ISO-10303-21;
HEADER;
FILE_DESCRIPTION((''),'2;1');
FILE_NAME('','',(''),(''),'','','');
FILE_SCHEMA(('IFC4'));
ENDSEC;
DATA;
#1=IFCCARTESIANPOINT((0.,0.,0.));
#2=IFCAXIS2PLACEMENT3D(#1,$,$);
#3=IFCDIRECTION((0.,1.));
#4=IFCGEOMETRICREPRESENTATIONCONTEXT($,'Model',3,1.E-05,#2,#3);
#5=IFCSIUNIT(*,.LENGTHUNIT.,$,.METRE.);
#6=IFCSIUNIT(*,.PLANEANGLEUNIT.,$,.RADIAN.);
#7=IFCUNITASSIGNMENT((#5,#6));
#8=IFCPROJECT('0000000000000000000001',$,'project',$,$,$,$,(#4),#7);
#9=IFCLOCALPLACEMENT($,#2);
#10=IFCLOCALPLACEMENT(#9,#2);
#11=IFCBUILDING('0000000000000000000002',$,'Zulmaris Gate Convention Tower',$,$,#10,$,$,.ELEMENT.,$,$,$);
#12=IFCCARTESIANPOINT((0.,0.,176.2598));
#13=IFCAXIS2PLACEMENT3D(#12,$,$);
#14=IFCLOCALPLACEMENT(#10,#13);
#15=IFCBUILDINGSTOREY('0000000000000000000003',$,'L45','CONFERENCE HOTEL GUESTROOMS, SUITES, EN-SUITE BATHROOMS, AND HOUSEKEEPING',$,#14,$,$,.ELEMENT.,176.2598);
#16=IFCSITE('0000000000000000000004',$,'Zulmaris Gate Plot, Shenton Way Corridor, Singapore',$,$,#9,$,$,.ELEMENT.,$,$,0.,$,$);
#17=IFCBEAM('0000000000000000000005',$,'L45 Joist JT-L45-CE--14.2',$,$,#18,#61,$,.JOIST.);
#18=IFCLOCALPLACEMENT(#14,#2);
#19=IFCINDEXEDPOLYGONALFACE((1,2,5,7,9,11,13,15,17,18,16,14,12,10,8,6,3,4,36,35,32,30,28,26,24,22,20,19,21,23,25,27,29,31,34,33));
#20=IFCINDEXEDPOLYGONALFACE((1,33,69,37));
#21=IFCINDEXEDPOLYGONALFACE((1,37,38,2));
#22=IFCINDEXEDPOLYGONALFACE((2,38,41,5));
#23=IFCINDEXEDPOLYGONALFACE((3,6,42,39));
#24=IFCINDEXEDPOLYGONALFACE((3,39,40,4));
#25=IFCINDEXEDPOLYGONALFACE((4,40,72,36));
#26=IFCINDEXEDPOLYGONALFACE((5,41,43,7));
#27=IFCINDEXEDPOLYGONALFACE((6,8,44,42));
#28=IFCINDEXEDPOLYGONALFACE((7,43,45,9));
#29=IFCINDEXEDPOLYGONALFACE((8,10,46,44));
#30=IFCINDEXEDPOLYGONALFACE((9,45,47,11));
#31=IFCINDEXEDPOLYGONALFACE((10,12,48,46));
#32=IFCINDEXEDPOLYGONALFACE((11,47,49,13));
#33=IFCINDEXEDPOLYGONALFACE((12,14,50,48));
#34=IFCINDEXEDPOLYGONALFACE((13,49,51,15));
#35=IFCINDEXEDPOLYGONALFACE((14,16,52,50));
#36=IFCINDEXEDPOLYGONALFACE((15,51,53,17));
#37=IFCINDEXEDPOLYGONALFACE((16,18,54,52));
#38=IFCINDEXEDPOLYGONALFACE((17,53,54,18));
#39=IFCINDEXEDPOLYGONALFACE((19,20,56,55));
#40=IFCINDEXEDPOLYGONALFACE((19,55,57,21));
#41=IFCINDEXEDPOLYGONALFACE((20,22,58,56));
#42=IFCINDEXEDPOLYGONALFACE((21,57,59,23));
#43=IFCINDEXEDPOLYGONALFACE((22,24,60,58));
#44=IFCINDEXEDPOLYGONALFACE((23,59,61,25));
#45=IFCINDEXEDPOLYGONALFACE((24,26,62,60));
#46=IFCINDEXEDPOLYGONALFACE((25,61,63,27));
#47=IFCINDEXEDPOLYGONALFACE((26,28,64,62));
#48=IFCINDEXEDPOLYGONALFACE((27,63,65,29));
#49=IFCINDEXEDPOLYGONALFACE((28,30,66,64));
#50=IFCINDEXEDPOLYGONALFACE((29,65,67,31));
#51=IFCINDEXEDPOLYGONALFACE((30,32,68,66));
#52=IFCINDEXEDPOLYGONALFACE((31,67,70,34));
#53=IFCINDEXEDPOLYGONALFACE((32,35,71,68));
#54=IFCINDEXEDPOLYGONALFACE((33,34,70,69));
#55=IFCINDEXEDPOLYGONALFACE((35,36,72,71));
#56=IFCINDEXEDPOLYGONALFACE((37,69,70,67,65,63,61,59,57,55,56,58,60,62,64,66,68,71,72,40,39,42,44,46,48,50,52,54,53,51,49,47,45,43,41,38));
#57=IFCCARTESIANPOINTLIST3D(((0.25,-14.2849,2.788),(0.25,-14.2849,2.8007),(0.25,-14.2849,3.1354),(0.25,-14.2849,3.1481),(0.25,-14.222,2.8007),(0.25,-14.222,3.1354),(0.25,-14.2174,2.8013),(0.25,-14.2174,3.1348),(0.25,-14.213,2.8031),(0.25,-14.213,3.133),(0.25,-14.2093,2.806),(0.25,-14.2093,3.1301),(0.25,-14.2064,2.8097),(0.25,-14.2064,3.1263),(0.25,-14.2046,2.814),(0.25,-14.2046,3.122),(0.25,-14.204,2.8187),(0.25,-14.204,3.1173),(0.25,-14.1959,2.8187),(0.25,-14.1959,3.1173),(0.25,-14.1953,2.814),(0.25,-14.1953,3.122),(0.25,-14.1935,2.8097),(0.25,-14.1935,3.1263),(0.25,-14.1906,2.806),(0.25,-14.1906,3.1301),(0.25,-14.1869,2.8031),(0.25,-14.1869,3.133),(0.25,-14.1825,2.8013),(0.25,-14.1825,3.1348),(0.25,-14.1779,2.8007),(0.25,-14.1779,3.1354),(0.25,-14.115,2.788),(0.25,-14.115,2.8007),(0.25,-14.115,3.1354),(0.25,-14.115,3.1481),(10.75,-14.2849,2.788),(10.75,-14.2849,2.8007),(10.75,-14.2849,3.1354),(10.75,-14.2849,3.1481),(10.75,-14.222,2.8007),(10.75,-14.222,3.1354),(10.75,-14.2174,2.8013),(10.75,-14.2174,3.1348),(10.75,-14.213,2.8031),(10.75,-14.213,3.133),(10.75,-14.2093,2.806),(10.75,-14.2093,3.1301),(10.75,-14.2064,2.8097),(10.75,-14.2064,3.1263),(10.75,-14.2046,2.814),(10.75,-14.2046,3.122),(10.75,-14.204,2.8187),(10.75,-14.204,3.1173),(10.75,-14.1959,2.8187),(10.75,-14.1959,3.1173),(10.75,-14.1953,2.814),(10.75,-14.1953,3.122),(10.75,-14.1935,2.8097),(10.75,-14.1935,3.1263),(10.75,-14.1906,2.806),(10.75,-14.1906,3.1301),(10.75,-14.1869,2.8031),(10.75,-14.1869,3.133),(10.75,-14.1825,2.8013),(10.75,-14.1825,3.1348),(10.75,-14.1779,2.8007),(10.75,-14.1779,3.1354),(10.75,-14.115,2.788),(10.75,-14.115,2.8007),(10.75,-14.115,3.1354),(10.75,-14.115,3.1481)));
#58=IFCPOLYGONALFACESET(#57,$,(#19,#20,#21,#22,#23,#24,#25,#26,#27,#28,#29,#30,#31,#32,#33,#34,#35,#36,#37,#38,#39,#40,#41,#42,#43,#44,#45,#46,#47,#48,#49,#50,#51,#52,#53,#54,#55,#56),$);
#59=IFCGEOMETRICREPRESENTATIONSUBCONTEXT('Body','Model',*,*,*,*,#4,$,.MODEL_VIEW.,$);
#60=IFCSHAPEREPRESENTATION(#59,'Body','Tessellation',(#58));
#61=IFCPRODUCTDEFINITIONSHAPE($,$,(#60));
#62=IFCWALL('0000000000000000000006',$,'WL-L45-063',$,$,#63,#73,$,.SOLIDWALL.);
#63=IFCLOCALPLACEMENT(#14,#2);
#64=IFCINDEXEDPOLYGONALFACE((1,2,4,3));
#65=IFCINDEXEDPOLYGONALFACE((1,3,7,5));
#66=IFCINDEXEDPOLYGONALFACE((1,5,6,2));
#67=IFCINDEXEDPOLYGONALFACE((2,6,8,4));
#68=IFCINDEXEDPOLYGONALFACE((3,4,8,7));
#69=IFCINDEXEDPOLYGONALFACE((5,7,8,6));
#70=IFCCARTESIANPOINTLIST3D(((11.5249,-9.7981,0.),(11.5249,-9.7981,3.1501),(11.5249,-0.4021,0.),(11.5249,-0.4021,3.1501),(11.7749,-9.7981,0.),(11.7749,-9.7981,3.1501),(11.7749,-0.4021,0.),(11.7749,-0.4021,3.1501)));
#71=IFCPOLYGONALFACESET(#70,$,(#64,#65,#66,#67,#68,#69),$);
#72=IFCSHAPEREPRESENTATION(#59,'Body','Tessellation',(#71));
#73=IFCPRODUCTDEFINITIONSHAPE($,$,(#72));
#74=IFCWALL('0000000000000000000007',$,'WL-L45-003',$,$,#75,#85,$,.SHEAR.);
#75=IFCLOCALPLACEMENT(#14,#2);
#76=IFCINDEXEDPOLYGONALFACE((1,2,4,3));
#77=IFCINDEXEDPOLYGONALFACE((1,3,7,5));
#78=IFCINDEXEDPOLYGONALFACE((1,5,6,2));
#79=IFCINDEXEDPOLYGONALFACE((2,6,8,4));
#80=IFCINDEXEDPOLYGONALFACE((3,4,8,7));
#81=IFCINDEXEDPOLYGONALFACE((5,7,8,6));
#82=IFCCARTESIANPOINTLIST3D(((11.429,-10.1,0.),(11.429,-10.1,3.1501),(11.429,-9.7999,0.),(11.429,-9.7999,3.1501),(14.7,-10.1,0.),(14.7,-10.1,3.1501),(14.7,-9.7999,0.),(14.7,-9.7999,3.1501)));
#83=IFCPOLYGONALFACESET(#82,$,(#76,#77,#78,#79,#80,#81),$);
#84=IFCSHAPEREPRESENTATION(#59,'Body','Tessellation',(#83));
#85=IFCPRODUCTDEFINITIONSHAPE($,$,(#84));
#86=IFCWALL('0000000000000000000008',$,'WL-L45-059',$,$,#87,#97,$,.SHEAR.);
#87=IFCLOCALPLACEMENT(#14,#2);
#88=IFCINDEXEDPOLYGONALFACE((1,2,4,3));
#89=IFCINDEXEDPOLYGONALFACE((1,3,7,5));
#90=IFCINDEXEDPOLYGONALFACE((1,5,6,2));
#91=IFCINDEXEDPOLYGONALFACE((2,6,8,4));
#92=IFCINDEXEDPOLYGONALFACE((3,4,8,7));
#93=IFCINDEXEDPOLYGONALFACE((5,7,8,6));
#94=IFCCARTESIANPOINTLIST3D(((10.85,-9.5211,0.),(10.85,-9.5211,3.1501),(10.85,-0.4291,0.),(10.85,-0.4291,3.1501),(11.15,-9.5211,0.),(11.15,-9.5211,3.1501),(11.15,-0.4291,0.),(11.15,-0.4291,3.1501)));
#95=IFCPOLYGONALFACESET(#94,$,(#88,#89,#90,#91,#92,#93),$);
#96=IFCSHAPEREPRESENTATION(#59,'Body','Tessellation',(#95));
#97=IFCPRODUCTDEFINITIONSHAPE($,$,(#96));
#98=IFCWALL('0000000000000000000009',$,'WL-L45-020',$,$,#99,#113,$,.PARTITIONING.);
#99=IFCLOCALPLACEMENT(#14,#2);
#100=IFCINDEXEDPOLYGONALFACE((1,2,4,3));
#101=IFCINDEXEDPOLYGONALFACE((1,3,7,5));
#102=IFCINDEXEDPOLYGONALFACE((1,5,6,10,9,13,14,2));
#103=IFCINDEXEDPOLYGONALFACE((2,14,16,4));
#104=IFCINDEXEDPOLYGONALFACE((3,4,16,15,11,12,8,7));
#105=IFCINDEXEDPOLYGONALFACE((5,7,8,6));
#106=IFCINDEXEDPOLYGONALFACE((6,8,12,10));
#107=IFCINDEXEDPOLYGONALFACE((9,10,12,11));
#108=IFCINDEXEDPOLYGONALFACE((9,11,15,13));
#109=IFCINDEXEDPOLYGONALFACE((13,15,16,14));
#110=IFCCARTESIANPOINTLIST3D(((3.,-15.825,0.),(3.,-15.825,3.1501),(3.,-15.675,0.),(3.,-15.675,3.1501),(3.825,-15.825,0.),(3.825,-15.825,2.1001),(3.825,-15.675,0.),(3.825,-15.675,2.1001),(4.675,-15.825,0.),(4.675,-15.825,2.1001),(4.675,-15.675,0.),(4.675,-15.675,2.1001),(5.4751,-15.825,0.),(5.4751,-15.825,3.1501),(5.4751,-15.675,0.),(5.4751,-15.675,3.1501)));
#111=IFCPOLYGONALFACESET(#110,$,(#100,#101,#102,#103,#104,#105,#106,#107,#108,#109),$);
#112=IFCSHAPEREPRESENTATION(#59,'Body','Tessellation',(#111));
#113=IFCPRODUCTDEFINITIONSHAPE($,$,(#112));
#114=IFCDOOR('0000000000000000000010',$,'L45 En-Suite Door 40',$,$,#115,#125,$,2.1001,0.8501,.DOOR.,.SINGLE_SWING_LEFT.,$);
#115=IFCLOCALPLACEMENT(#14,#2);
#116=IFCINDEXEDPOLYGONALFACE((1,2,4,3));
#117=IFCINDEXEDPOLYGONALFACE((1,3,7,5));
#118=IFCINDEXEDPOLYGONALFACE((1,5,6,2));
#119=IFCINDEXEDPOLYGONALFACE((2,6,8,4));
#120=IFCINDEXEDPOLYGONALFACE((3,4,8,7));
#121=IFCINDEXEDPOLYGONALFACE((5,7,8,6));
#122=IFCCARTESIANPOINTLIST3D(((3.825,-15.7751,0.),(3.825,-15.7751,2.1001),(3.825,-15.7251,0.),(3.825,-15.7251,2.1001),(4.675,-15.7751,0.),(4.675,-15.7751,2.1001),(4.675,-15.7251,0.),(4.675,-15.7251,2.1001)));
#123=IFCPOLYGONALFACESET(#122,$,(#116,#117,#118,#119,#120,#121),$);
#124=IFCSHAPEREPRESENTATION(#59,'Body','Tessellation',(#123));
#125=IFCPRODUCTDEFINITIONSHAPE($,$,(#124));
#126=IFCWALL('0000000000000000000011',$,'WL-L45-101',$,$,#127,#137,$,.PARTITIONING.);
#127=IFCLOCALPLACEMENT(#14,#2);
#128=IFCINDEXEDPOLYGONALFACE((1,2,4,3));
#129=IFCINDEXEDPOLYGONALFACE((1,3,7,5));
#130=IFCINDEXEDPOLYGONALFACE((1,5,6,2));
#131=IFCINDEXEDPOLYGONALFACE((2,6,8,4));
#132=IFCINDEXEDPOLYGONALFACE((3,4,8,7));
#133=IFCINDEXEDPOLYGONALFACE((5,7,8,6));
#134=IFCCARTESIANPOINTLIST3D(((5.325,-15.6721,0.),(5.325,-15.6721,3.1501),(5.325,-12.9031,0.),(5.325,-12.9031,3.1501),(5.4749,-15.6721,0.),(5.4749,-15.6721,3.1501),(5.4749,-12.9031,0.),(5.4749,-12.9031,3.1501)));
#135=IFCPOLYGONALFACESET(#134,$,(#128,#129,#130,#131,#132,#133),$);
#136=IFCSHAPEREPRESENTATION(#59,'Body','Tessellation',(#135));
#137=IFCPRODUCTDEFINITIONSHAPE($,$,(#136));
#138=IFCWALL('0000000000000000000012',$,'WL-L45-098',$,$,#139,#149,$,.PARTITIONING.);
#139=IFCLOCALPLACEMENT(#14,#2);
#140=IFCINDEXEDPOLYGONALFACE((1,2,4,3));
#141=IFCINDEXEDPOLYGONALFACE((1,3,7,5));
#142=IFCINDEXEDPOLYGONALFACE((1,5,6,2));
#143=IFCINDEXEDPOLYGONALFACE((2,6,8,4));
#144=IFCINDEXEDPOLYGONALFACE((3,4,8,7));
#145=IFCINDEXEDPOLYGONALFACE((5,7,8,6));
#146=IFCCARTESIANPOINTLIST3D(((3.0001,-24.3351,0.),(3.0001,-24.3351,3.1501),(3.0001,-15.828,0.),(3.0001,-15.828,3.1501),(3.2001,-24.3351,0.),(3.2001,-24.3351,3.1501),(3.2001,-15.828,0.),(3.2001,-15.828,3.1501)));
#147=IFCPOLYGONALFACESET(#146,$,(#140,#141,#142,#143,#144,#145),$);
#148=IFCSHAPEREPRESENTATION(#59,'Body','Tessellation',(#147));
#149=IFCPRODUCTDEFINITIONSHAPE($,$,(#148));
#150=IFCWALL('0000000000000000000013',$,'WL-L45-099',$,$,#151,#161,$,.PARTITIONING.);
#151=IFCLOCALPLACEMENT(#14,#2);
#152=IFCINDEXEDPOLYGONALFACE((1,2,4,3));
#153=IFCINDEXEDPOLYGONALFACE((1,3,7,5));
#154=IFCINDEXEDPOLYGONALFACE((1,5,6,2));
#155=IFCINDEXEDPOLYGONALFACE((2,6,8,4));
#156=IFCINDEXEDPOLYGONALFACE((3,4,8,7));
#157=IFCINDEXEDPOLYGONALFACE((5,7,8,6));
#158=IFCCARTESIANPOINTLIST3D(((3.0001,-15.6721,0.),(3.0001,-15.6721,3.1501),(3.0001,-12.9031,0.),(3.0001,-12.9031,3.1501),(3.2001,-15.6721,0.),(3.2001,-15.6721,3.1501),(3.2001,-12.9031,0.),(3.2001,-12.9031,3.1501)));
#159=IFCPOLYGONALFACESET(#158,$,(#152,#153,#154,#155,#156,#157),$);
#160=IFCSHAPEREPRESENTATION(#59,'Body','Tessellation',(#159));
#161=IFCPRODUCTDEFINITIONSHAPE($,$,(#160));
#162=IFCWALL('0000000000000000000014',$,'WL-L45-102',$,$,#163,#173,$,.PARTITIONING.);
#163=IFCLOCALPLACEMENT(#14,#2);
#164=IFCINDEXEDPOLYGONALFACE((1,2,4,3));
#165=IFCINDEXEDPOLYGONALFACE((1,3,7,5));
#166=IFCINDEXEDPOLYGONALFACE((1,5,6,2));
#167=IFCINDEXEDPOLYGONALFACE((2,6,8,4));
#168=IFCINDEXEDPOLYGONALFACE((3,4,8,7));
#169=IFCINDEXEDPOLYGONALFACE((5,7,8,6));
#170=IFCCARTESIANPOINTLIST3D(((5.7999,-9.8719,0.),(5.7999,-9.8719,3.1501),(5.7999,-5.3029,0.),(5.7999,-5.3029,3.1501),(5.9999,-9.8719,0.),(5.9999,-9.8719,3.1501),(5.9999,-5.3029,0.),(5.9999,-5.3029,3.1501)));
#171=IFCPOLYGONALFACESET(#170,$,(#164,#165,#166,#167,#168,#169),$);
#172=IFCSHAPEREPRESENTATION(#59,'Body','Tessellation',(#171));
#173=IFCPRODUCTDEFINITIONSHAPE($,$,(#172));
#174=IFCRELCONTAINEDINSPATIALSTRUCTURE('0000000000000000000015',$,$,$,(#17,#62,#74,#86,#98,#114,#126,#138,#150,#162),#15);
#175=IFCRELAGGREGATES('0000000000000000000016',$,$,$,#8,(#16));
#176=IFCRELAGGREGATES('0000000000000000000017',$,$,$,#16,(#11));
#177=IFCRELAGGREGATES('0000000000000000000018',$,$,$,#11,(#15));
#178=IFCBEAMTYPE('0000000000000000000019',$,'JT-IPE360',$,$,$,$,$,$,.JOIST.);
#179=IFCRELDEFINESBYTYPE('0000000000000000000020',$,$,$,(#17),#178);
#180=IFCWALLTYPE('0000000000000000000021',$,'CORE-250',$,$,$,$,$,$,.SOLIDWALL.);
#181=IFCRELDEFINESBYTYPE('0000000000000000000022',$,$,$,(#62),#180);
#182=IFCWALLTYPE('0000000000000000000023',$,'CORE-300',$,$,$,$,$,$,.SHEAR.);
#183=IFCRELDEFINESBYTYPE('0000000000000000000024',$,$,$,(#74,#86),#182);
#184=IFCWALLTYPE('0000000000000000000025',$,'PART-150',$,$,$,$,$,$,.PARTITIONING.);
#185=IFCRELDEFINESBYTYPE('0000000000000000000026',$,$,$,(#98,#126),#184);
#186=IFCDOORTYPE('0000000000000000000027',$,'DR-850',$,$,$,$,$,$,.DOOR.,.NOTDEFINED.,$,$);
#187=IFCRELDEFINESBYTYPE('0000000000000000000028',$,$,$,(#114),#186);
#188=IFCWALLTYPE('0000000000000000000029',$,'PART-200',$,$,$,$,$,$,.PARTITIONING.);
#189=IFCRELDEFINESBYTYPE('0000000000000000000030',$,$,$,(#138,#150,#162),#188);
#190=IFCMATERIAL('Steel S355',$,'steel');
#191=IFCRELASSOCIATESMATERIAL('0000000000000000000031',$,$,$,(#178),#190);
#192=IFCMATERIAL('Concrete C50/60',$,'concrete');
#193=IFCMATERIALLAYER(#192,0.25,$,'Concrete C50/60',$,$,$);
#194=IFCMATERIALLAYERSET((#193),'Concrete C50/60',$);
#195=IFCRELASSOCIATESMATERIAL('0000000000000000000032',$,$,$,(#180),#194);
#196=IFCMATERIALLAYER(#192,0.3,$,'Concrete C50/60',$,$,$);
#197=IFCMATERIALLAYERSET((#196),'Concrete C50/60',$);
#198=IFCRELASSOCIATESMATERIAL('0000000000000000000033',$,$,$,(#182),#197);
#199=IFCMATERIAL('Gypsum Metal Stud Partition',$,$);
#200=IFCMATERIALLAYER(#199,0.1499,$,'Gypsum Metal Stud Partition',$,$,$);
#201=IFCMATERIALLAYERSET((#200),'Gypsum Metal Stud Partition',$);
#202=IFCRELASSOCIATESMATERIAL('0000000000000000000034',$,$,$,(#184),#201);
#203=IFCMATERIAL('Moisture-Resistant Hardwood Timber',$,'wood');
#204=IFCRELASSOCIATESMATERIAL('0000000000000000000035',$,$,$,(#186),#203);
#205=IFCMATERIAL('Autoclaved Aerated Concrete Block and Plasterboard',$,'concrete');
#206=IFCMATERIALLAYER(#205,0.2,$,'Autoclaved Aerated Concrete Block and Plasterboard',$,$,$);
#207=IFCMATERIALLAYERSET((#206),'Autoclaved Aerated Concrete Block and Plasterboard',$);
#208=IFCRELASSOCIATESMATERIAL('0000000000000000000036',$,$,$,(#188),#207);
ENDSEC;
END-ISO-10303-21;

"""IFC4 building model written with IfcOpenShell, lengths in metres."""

from ifc_helpers import new_model, si_unit, direction, frame, frame_2d, origin, origin_2d, place, context, subcontext, project, spatial, rectangle, i_section, extrude, material, layer, layer_set, material_profile, profile_set, type_object, element, fill, save


model = new_model("IFC4")

# Units and contexts
model_context = context("Model", 3, precision=1e-05, world=origin(), true_north=direction((0.0, 1.0)))
body_context = subcontext(model_context, "Body", "Model", "MODEL_VIEW")
ifc_project = project(units=[si_unit("LENGTHUNIT", "METRE"), si_unit("PLANEANGLEUNIT", "RADIAN")], contexts=[model_context])

# Site, building, storey
site_placement = place(None, origin())
site = spatial("IfcSite", under=ifc_project, at=site_placement, Name="Zulmaris Gate Plot, Shenton Way Corridor, Singapore", CompositionType="ELEMENT", RefElevation=0.0)
building_placement = place(site_placement, origin())
building = spatial("IfcBuilding", under=site, at=building_placement, Name="Zulmaris Gate Convention Tower", CompositionType="ELEMENT")
storey_placement = place(building_placement, frame((0.0, 0.0, 176.2598)))
storey = spatial("IfcBuildingStorey", under=building, at=storey_placement, Name="L45", Description="CONFERENCE HOTEL GUESTROOMS, SUITES, EN-SUITE BATHROOMS, AND HOUSEKEEPING", CompositionType="ELEMENT", Elevation=176.2598)

# Beam
ifc_material_1 = material(Name="Steel S355", Category="steel")
ifc_material_2 = material(Name="Concrete C50/60", Category="concrete")
ifc_material_profile_1 = material_profile(ifc_material_1, i_section(OverallWidth=0.1699, OverallDepth=0.3601, WebThickness=0.0081, FlangeThickness=0.0127, FilletRadius=0.0181, at=origin_2d()), Name="IPE 360")
ifc_profile_set_1 = profile_set([ifc_material_profile_1], Name="Steel S355")
beam_type_1 = type_object("IfcBeamType", Name="JT-IPE360", PredefinedType="JOIST", material=ifc_profile_set_1)
for number, where, z_axis, x_axis, name in (
    (1, (0.25, -14.2, 2.968), (1.0, 0.0, 0.0), (0.0, 1.0, 0.0), "L45 Joist JT-L45-CE--14.2"),
):
    element("IfcBeam", number, at=place(storey_placement, frame(where, z_axis=z_axis, x_axis=x_axis)), inside=storey, type_object=beam_type_1, Name=name, PredefinedType="JOIST", context=body_context, shape_type="SweptSolid", body=[
        extrude(i_section(OverallWidth=0.1699, OverallDepth=0.3601, WebThickness=0.0081, FlangeThickness=0.0127, FilletRadius=0.0181, at=origin_2d()), origin(), (0.0, 0.0, 1.0), 10.5),
    ])

# Walls
ifc_layer_1 = layer(ifc_material_2, 0.25, Name="Concrete C50/60")
ifc_layer_set_1 = layer_set([ifc_layer_1], Name="Concrete C50/60")
wall_type_1 = type_object("IfcWallType", Name="CORE-250", PredefinedType="SOLIDWALL", material=ifc_layer_set_1)
wall_1_placement = place(storey_placement, frame((11.6499, -9.7981, 0.0), z_axis=(0.0, 0.0, 1.0), x_axis=(0.0, 1.0, 0.0)))
element("IfcWall", 2, at=wall_1_placement, inside=storey, type_object=wall_type_1, Name="WL-L45-063", PredefinedType="SOLIDWALL", context=body_context, shape_type="SweptSolid", body=[
    extrude(rectangle(XDim=9.396, YDim=0.25, at=frame_2d((4.698, 0.0))), origin(), (0.0, 0.0, 1.0), 3.1501),
])
ifc_layer_2 = layer(ifc_material_2, 0.3, Name="Concrete C50/60")
ifc_layer_set_2 = layer_set([ifc_layer_2], Name="Concrete C50/60")
wall_type_2 = type_object("IfcWallType", Name="CORE-300", PredefinedType="SHEAR", material=ifc_layer_set_2)
wall_2_placement = place(storey_placement, frame((11.429, -9.95, 0.0), z_axis=(0.0, 0.0, 1.0), x_axis=(1.0, 0.0, 0.0)))
element("IfcWall", 3, at=wall_2_placement, inside=storey, type_object=wall_type_2, Name="WL-L45-003", PredefinedType="SHEAR", context=body_context, shape_type="SweptSolid", body=[
    extrude(rectangle(XDim=3.271, YDim=0.3, at=frame_2d((1.6355, 0.0))), origin(), (0.0, 0.0, 1.0), 3.1501),
])
wall_3_placement = place(storey_placement, frame((11.0, -9.521, 0.0), z_axis=(0.0, 0.0, 1.0), x_axis=(0.0, 1.0, 0.0)))
element("IfcWall", 4, at=wall_3_placement, inside=storey, type_object=wall_type_2, Name="WL-L45-059", PredefinedType="SHEAR", context=body_context, shape_type="SweptSolid", body=[
    extrude(rectangle(XDim=9.092, YDim=0.3, at=frame_2d((4.5459, 0.0))), origin(), (0.0, 0.0, 1.0), 3.1501),
])

# Wall, opening, door
ifc_material_3 = material(Name="Gypsum Metal Stud Partition")
ifc_layer_3 = layer(ifc_material_3, 0.1499, Name="Gypsum Metal Stud Partition")
ifc_layer_set_3 = layer_set([ifc_layer_3], Name="Gypsum Metal Stud Partition")
wall_type_3 = type_object("IfcWallType", Name="PART-150", PredefinedType="PARTITIONING", material=ifc_layer_set_3)
wall_4_placement = place(storey_placement, frame((3.0, -15.75, 0.0), z_axis=(0.0, 0.0, 1.0), x_axis=(1.0, 0.0, 0.0)))
wall_4 = element("IfcWall", 5, at=wall_4_placement, inside=storey, type_object=wall_type_3, Name="WL-L45-020", PredefinedType="PARTITIONING", context=body_context, shape_type="SweptSolid", body=[
    extrude(rectangle(XDim=2.4751, YDim=0.1499, at=frame_2d((1.2375, 0.0))), origin(), (0.0, 0.0, 1.0), 3.1501),
])
opening_1_placement = place(wall_4_placement, frame((0.825, 0.0, 0.0)))
opening_1 = element("IfcOpeningElement", 6, at=opening_1_placement, cuts=wall_4, PredefinedType="OPENING", context=body_context, shape_type="SweptSolid", body=[
    extrude(rectangle(XDim=0.8501, YDim=2.1001, at=frame_2d((0.425, 1.05))), frame((0.0, 0.085, 0.0), z_axis=(0.0, -1.0, 0.0), x_axis=(1.0, 0.0, 0.0)), (0.0, 0.0, 1.0), 0.1699),
])
ifc_material_4 = material(Name="Moisture-Resistant Hardwood Timber", Category="wood")
door_type_1 = type_object("IfcDoorType", Name="DR-850", OperationType="NOTDEFINED", PredefinedType="DOOR", material=ifc_material_4)
door_1_placement = place(opening_1_placement, origin())
door_1 = element("IfcDoor", 7, at=door_1_placement, inside=storey, type_object=door_type_1, Name="L45 En-Suite Door 40", OperationType="SINGLE_SWING_LEFT", OverallHeight=2.1001, OverallWidth=0.8501, PredefinedType="DOOR", context=body_context, shape_type="SweptSolid", body=[
    extrude(rectangle(XDim=0.8501, YDim=2.1001, at=frame_2d((0.425, 1.05))), frame((0.0, 0.0249, 0.0), z_axis=(0.0, -1.0, 0.0), x_axis=(1.0, 0.0, 0.0)), (0.0, 0.0, 1.0), 0.05),
])
fill(opening_1, door_1)

# Wall
wall_5_placement = place(storey_placement, frame((5.3999, -15.6721, 0.0), z_axis=(0.0, 0.0, 1.0), x_axis=(0.0, 1.0, 0.0)))
element("IfcWall", 8, at=wall_5_placement, inside=storey, type_object=wall_type_3, Name="WL-L45-101", PredefinedType="PARTITIONING", context=body_context, shape_type="SweptSolid", body=[
    extrude(rectangle(XDim=2.769, YDim=0.1499, at=frame_2d((1.3845, 0.0))), origin(), (0.0, 0.0, 1.0), 3.1501),
])

# Walls
ifc_material_5 = material(Name="Autoclaved Aerated Concrete Block and Plasterboard", Category="concrete")
ifc_layer_4 = layer(ifc_material_5, 0.2, Name="Autoclaved Aerated Concrete Block and Plasterboard")
ifc_layer_set_4 = layer_set([ifc_layer_4], Name="Autoclaved Aerated Concrete Block and Plasterboard")
wall_type_4 = type_object("IfcWallType", Name="PART-200", PredefinedType="PARTITIONING", material=ifc_layer_set_4)
wall_6_placement = place(storey_placement, frame((3.1001, -24.335, 0.0), z_axis=(0.0, 0.0, 1.0), x_axis=(0.0, 1.0, 0.0)))
element("IfcWall", 9, at=wall_6_placement, inside=storey, type_object=wall_type_4, Name="WL-L45-098", PredefinedType="PARTITIONING", context=body_context, shape_type="SweptSolid", body=[
    extrude(rectangle(XDim=8.5071, YDim=0.2, at=frame_2d((4.2534, 0.0))), origin(), (0.0, 0.0, 1.0), 3.1501),
])
wall_7_placement = place(storey_placement, frame((3.1001, -15.6721, 0.0), z_axis=(0.0, 0.0, 1.0), x_axis=(0.0, 1.0, 0.0)))
element("IfcWall", 10, at=wall_7_placement, inside=storey, type_object=wall_type_4, Name="WL-L45-099", PredefinedType="PARTITIONING", context=body_context, shape_type="SweptSolid", body=[
    extrude(rectangle(XDim=2.769, YDim=0.2, at=frame_2d((1.3845, 0.0))), origin(), (0.0, 0.0, 1.0), 3.1501),
])
wall_8_placement = place(storey_placement, frame((5.8999, -9.8721, 0.0), z_axis=(0.0, 0.0, 1.0), x_axis=(0.0, 1.0, 0.0)))
element("IfcWall", 11, at=wall_8_placement, inside=storey, type_object=wall_type_4, Name="WL-L45-102", PredefinedType="PARTITIONING", context=body_context, shape_type="SweptSolid", body=[
    extrude(rectangle(XDim=4.5691, YDim=0.2, at=frame_2d((2.2847, 0.0))), origin(), (0.0, 0.0, 1.0), 3.1501),
])

save(model, "model.ifc")
